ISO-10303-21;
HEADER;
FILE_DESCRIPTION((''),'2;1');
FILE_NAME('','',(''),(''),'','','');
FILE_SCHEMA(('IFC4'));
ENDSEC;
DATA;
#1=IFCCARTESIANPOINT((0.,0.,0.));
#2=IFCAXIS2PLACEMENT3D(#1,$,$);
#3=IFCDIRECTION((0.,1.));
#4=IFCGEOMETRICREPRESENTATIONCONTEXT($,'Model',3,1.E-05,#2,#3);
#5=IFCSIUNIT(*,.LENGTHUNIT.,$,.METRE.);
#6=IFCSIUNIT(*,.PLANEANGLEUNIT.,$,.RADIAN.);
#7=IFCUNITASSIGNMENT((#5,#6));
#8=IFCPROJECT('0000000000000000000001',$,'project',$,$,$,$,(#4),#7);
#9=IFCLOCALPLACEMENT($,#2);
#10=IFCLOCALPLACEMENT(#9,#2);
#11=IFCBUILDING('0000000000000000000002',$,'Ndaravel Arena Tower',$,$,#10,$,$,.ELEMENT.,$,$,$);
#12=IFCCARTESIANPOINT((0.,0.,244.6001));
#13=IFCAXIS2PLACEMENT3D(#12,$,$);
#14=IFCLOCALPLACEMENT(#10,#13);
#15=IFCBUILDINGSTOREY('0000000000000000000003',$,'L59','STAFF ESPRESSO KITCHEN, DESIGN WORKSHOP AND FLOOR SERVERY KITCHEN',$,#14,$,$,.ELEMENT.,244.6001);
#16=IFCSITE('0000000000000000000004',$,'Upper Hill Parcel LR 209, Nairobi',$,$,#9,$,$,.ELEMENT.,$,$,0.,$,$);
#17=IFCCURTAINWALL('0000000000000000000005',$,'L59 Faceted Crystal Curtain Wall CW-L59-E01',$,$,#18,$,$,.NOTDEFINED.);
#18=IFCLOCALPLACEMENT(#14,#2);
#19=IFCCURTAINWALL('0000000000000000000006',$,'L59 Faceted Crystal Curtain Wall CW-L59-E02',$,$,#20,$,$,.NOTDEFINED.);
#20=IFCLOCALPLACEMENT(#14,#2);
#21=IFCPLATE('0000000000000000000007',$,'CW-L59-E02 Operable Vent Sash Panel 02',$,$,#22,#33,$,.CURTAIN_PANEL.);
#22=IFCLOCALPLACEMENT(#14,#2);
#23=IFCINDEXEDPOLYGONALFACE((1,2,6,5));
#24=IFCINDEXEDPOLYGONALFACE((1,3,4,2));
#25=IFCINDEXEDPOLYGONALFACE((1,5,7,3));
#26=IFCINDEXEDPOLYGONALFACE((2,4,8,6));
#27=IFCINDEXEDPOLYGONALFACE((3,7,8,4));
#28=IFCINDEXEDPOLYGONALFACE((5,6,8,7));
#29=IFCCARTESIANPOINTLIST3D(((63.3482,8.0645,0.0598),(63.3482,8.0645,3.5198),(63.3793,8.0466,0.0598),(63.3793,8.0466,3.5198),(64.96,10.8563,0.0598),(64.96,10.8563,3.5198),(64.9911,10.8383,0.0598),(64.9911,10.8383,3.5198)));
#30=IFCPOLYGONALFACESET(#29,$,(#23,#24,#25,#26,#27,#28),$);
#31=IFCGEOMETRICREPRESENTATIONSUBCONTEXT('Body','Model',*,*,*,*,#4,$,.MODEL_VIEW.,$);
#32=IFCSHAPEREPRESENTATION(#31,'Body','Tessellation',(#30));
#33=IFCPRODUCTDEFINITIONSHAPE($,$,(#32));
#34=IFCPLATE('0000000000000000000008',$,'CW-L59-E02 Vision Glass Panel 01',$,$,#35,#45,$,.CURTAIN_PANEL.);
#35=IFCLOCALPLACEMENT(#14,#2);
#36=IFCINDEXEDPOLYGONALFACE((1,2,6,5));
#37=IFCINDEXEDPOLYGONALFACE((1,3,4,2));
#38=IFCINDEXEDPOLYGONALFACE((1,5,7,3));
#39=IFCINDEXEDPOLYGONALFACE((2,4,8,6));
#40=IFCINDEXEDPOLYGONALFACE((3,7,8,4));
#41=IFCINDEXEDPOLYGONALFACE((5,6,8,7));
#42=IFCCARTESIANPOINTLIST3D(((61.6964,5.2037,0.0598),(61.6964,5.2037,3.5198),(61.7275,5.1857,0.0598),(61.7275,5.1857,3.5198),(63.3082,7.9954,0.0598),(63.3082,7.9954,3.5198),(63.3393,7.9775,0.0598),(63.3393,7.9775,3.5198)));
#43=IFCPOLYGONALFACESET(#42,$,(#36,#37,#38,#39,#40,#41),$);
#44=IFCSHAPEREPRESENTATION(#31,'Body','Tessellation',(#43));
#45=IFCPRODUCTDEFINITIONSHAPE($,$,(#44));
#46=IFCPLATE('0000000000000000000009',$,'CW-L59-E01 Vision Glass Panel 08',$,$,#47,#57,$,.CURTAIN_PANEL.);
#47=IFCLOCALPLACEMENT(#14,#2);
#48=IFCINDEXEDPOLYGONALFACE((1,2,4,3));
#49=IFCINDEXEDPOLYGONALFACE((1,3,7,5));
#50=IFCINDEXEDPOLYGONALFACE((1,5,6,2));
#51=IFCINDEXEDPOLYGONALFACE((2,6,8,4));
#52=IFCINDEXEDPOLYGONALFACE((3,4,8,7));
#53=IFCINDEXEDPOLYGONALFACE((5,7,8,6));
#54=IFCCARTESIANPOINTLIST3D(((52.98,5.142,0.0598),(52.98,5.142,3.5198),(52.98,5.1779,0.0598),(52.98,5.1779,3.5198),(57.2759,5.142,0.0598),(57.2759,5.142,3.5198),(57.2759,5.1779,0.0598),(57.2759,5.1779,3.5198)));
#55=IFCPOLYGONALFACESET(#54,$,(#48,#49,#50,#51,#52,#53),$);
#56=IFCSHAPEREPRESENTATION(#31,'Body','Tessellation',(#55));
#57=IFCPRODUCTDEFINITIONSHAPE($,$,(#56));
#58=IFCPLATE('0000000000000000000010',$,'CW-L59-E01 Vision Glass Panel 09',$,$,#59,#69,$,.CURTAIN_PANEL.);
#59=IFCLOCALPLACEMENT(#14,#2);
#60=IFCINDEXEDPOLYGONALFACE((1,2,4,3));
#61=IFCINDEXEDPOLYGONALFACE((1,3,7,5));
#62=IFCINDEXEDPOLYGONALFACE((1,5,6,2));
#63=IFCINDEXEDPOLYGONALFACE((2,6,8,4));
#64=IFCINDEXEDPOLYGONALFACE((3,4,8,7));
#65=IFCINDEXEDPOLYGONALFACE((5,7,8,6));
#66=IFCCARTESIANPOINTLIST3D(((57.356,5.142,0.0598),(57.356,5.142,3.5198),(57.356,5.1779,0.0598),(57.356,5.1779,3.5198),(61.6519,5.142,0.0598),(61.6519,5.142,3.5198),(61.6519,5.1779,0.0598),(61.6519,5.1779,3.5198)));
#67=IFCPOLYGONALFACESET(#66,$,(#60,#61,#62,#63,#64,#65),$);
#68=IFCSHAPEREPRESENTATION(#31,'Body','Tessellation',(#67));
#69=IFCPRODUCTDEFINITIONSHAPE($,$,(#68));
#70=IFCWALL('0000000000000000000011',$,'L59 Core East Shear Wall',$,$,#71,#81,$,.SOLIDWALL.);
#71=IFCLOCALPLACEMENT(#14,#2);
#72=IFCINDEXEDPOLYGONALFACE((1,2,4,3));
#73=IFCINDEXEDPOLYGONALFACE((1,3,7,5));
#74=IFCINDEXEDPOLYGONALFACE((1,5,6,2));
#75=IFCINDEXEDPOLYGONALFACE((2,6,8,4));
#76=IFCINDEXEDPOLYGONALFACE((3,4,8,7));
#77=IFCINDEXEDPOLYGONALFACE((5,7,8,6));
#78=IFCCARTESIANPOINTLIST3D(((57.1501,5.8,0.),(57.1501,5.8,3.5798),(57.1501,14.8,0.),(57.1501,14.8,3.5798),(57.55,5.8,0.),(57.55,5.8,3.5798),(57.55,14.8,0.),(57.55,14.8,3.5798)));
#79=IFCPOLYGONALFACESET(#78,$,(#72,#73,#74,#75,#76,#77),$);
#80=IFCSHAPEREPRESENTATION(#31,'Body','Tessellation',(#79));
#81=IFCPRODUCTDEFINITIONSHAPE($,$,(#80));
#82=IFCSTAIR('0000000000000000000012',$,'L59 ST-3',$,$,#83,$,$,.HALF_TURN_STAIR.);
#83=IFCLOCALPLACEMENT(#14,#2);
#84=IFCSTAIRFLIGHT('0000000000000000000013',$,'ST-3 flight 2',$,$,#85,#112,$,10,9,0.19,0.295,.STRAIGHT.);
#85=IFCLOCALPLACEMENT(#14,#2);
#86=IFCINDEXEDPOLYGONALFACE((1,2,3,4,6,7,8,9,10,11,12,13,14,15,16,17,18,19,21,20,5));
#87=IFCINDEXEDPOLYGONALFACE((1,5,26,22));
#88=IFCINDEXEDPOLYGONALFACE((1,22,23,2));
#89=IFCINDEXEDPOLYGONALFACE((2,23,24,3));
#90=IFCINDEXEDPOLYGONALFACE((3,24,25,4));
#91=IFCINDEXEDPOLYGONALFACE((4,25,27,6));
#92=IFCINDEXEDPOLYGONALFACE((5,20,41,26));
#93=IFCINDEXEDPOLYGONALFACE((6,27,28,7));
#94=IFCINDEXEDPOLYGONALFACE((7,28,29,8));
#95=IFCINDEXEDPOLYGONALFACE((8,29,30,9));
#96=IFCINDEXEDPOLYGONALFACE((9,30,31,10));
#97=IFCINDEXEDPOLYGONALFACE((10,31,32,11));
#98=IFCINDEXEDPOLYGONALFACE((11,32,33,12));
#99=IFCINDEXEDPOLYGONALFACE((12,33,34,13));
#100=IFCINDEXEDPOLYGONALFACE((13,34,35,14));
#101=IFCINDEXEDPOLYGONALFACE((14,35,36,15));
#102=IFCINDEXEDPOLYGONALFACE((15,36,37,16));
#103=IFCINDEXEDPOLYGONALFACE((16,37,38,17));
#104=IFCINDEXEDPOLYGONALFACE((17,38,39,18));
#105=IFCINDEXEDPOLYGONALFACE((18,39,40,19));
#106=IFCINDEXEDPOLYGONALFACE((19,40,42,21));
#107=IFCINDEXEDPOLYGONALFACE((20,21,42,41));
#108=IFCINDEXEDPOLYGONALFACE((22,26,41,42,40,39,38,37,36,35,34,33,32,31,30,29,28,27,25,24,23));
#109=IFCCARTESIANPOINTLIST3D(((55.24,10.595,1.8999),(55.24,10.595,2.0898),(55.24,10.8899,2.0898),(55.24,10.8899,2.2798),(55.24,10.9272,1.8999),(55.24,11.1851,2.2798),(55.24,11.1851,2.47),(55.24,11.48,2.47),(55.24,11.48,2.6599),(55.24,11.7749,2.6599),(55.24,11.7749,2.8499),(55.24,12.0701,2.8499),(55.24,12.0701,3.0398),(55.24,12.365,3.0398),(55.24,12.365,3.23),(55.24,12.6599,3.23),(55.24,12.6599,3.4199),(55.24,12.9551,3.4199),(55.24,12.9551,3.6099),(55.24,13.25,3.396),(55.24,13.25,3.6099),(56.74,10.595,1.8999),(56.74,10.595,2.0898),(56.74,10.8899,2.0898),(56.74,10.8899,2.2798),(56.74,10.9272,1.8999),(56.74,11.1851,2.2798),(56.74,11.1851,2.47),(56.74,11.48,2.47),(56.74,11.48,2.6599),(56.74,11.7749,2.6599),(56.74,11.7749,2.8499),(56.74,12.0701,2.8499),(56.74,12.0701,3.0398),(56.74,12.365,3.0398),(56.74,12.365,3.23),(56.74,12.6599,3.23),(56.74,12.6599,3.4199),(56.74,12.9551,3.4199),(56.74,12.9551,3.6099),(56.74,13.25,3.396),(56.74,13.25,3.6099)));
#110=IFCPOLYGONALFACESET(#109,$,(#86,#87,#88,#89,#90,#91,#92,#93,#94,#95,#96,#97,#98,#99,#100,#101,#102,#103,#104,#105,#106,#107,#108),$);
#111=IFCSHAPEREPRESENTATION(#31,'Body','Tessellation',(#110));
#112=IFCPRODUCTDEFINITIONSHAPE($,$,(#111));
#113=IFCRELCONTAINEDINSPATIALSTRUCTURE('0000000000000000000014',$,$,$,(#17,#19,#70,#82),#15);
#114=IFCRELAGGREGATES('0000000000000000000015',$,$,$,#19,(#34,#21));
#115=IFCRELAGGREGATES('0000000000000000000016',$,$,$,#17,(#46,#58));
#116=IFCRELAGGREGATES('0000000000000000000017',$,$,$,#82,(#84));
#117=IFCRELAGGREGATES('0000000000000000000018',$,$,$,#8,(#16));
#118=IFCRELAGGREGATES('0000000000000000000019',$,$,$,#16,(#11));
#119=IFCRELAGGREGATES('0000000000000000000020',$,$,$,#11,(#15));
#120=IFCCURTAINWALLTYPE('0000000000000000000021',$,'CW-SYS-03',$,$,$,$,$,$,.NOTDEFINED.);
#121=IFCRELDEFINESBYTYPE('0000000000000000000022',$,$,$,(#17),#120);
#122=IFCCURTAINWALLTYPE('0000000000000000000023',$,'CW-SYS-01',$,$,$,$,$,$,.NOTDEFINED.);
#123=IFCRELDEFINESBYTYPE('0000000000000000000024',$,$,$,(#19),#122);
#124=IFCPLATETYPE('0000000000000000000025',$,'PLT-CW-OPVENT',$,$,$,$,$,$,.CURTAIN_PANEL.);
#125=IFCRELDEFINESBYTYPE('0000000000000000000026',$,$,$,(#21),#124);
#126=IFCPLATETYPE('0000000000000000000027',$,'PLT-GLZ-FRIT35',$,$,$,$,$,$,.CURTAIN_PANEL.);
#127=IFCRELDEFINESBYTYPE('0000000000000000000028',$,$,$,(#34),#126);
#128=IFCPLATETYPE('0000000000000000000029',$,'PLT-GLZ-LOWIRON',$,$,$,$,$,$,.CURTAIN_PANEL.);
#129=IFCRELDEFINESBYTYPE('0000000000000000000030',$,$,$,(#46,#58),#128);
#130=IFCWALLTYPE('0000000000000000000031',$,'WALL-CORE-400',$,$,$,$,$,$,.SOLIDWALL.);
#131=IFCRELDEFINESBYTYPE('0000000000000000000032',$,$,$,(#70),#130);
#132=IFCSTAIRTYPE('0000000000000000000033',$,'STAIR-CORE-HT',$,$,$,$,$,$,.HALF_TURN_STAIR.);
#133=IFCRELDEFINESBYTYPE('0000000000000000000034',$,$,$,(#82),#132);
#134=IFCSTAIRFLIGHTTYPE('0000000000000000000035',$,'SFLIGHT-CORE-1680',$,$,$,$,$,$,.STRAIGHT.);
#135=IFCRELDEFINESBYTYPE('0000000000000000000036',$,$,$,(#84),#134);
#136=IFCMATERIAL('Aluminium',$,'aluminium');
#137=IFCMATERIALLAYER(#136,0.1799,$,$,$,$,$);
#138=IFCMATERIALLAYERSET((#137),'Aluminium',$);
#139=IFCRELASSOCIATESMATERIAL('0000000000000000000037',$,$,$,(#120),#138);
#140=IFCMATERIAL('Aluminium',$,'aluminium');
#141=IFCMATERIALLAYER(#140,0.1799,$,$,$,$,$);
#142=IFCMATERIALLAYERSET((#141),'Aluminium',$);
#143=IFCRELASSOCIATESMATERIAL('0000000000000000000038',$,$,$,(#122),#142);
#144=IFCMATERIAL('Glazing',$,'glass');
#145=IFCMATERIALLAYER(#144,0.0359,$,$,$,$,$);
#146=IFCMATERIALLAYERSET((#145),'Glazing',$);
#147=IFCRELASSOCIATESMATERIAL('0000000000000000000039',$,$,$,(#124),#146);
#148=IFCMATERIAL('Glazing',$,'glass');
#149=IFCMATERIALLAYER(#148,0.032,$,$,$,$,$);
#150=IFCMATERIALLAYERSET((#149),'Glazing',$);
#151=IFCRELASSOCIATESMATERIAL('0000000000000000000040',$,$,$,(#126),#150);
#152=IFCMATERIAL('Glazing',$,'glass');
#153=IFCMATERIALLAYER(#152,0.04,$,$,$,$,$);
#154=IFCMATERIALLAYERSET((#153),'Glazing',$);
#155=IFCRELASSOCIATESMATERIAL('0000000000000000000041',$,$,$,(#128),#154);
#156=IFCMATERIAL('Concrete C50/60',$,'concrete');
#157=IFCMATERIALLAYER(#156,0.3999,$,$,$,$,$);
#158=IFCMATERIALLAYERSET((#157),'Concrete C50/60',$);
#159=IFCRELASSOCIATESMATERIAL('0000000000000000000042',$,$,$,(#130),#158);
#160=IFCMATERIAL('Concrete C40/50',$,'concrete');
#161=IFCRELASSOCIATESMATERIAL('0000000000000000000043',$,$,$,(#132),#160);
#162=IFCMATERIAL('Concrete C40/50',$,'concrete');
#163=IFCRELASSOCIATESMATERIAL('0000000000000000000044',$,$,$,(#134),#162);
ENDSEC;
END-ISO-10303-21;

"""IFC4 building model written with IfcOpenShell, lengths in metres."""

from ifc_helpers import new_model, si_unit, direction, frame, frame_2d, origin, origin_2d, place, context, subcontext, project, spatial, polyline, rectangle, outline, extrude, material, layer, layer_set, type_object, element, aggregate, save


model = new_model("IFC4")

# Units and contexts
model_context = context("Model", 3, precision=1e-05, world=origin(), true_north=direction((0.0, 1.0)))
body_context = subcontext(model_context, "Body", "Model", "MODEL_VIEW")
ifc_project = project(units=[si_unit("LENGTHUNIT", "METRE"), si_unit("PLANEANGLEUNIT", "RADIAN")], contexts=[model_context])

# Site, building, storey
site_placement = place(None, origin())
site = spatial("IfcSite", under=ifc_project, at=site_placement, Name="Upper Hill Parcel LR 209, Nairobi", CompositionType="ELEMENT", RefElevation=0.0)
building_placement = place(site_placement, origin())
building = spatial("IfcBuilding", under=site, at=building_placement, Name="Ndaravel Arena Tower", CompositionType="ELEMENT")
storey_placement = place(building_placement, frame((0.0, 0.0, 244.6001)))
storey = spatial("IfcBuildingStorey", under=building, at=storey_placement, Name="L59", Description="STAFF ESPRESSO KITCHEN, DESIGN WORKSHOP AND FLOOR SERVERY KITCHEN", CompositionType="ELEMENT", Elevation=244.6001)

# Curtain wall
ifc_material_1 = material(Name="Aluminium", Category="aluminium")
ifc_layer_1 = layer(ifc_material_1, 0.1799)
ifc_layer_set_1 = layer_set([ifc_layer_1], Name="Aluminium")
curtain_wall_type_1 = type_object("IfcCurtainWallType", Name="CW-SYS-03", PredefinedType="NOTDEFINED", material=ifc_layer_set_1)
curtain_wall_1_placement = place(storey_placement, origin())
curtain_wall_1 = element("IfcCurtainWall", 1, at=curtain_wall_1_placement, inside=storey, type_object=curtain_wall_type_1, Name="L59 Faceted Crystal Curtain Wall CW-L59-E01", PredefinedType="NOTDEFINED")

# Curtain wall
ifc_material_2 = material(Name="Aluminium", Category="aluminium")
ifc_layer_2 = layer(ifc_material_2, 0.1799)
ifc_layer_set_2 = layer_set([ifc_layer_2], Name="Aluminium")
curtain_wall_type_2 = type_object("IfcCurtainWallType", Name="CW-SYS-01", PredefinedType="NOTDEFINED", material=ifc_layer_set_2)
curtain_wall_2_placement = place(storey_placement, origin())
curtain_wall_2 = element("IfcCurtainWall", 2, at=curtain_wall_2_placement, inside=storey, type_object=curtain_wall_type_2, Name="L59 Faceted Crystal Curtain Wall CW-L59-E02", PredefinedType="NOTDEFINED")

# Plates
ifc_material_3 = material(Name="Glazing", Category="glass")
ifc_layer_3 = layer(ifc_material_3, 0.0359)
ifc_layer_set_3 = layer_set([ifc_layer_3], Name="Glazing")
plate_type_1 = type_object("IfcPlateType", Name="PLT-CW-OPVENT", PredefinedType="CURTAIN_PANEL", material=ifc_layer_set_3)
plate_1_placement = place(storey_placement, frame((64.1697, 9.4514, 0.0598), z_axis=(0.0, 0.0, 1.0), x_axis=(0.5, 0.866025, 0.0)))
plate_1 = element("IfcPlate", 3, at=plate_1_placement, type_object=plate_type_1, Name="CW-L59-E02 Operable Vent Sash Panel 02", PredefinedType="CURTAIN_PANEL", context=body_context, shape_type="SweptSolid", body=[
    extrude(rectangle(XDim=3.2236, YDim=0.0359, at=origin_2d()), origin(), (0.0, 0.0, 1.0), 3.46),
])
ifc_material_4 = material(Name="Glazing", Category="glass")
ifc_layer_4 = layer(ifc_material_4, 0.032)
ifc_layer_set_4 = layer_set([ifc_layer_4], Name="Glazing")
plate_type_2 = type_object("IfcPlateType", Name="PLT-GLZ-FRIT35", PredefinedType="CURTAIN_PANEL", material=ifc_layer_set_4)
plate_2_placement = place(storey_placement, frame((62.5178, 6.5906, 0.0598), z_axis=(0.0, 0.0, 1.0), x_axis=(0.5, 0.866025, 0.0)))
plate_2 = element("IfcPlate", 4, at=plate_2_placement, type_object=plate_type_2, Name="CW-L59-E02 Vision Glass Panel 01", PredefinedType="CURTAIN_PANEL", context=body_context, shape_type="SweptSolid", body=[
    extrude(rectangle(XDim=3.2236, YDim=0.0359, at=origin_2d()), origin(), (0.0, 0.0, 1.0), 3.46),
])
aggregate(curtain_wall_2, [plate_2, plate_1])
ifc_material_5 = material(Name="Glazing", Category="glass")
ifc_layer_5 = layer(ifc_material_5, 0.04)
ifc_layer_set_5 = layer_set([ifc_layer_5], Name="Glazing")
plate_type_3 = type_object("IfcPlateType", Name="PLT-GLZ-LOWIRON", PredefinedType="CURTAIN_PANEL", material=ifc_layer_set_5)
plate_3_placement = place(storey_placement, frame((55.1279, 5.1599, 0.0598), z_axis=(0.0, 0.0, 1.0), x_axis=(1.0, 0.0, 0.0)))
plate_3 = element("IfcPlate", 5, at=plate_3_placement, type_object=plate_type_3, Name="CW-L59-E01 Vision Glass Panel 08", PredefinedType="CURTAIN_PANEL", context=body_context, shape_type="SweptSolid", body=[
    extrude(rectangle(XDim=4.2959, YDim=0.0359, at=origin_2d()), origin(), (0.0, 0.0, 1.0), 3.46),
])
plate_4_placement = place(storey_placement, frame((59.5039, 5.1599, 0.0598), z_axis=(0.0, 0.0, 1.0), x_axis=(1.0, 0.0, 0.0)))
plate_4 = element("IfcPlate", 6, at=plate_4_placement, type_object=plate_type_3, Name="CW-L59-E01 Vision Glass Panel 09", PredefinedType="CURTAIN_PANEL", context=body_context, shape_type="SweptSolid", body=[
    extrude(rectangle(XDim=4.2959, YDim=0.0359, at=origin_2d()), origin(), (0.0, 0.0, 1.0), 3.46),
])
aggregate(curtain_wall_1, [plate_3, plate_4])

# Wall
ifc_material_6 = material(Name="Concrete C50/60", Category="concrete")
ifc_layer_6 = layer(ifc_material_6, 0.3999)
ifc_layer_set_6 = layer_set([ifc_layer_6], Name="Concrete C50/60")
wall_type = type_object("IfcWallType", Name="WALL-CORE-400", PredefinedType="SOLIDWALL", material=ifc_layer_set_6)
wall_placement = place(storey_placement, frame((57.3501, 5.8, 0.0), z_axis=(0.0, 0.0, 1.0), x_axis=(0.0, 1.0, 0.0)))
element("IfcWall", 7, at=wall_placement, inside=storey, type_object=wall_type, Name="L59 Core East Shear Wall", PredefinedType="SOLIDWALL", context=body_context, shape_type="SweptSolid", body=[
    extrude(rectangle(XDim=9.0, YDim=0.3999, at=frame_2d((4.5, 0.0))), origin(), (0.0, 0.0, 1.0), 3.5798),
])

# Stair, stair flight
ifc_material_7 = material(Name="Concrete C40/50", Category="concrete")
stair_type = type_object("IfcStairType", Name="STAIR-CORE-HT", PredefinedType="HALF_TURN_STAIR", material=ifc_material_7)
stair_placement = place(storey_placement, origin())
stair = element("IfcStair", 8, at=stair_placement, inside=storey, type_object=stair_type, Name="L59 ST-3", PredefinedType="HALF_TURN_STAIR")
ifc_material_8 = material(Name="Concrete C40/50", Category="concrete")
stair_flight_type = type_object("IfcStairFlightType", Name="SFLIGHT-CORE-1680", PredefinedType="STRAIGHT", material=ifc_material_8)
stair_flight_placement = place(storey_placement, frame((55.99, 10.595, 1.8999), z_axis=(0.0, 0.0, 1.0), x_axis=(0.0, 1.0, 0.0)))
stair_flight = element("IfcStairFlight", 9, at=stair_flight_placement, type_object=stair_flight_type, Name="ST-3 flight 2", NumberOfRisers=10, NumberOfTreads=9, PredefinedType="STRAIGHT", RiserHeight=0.19, TreadLength=0.295, context=body_context, shape_type="SweptSolid", body=[
    extrude(outline(polyline([(0.0, 0.0), (0.0, 0.1899), (0.2949, 0.1899), (0.2949, 0.3799), (0.5901, 0.3799), (0.5901, 0.5701), (0.885, 0.5701), (0.885, 0.76), (1.1799, 0.76), (1.1799, 0.95), (1.4751, 0.95), (1.4751, 1.1399), (1.77, 1.1399), (1.77, 1.3301), (2.0649, 1.3301), (2.0649, 1.52), (2.3601, 1.52), (2.3601, 1.71), (2.655, 1.71), (2.655, 1.8999), (2.655, 1.4961), (0.3323, 0.0), (0.0, 0.0)])), frame((0.0, 0.75, 0.0), z_axis=(0.0, -1.0, 0.0), x_axis=(1.0, 0.0, 0.0)), (0.0, 0.0, 1.0), 1.5),
])
aggregate(stair, [stair_flight])

save(model, "model.ifc")
